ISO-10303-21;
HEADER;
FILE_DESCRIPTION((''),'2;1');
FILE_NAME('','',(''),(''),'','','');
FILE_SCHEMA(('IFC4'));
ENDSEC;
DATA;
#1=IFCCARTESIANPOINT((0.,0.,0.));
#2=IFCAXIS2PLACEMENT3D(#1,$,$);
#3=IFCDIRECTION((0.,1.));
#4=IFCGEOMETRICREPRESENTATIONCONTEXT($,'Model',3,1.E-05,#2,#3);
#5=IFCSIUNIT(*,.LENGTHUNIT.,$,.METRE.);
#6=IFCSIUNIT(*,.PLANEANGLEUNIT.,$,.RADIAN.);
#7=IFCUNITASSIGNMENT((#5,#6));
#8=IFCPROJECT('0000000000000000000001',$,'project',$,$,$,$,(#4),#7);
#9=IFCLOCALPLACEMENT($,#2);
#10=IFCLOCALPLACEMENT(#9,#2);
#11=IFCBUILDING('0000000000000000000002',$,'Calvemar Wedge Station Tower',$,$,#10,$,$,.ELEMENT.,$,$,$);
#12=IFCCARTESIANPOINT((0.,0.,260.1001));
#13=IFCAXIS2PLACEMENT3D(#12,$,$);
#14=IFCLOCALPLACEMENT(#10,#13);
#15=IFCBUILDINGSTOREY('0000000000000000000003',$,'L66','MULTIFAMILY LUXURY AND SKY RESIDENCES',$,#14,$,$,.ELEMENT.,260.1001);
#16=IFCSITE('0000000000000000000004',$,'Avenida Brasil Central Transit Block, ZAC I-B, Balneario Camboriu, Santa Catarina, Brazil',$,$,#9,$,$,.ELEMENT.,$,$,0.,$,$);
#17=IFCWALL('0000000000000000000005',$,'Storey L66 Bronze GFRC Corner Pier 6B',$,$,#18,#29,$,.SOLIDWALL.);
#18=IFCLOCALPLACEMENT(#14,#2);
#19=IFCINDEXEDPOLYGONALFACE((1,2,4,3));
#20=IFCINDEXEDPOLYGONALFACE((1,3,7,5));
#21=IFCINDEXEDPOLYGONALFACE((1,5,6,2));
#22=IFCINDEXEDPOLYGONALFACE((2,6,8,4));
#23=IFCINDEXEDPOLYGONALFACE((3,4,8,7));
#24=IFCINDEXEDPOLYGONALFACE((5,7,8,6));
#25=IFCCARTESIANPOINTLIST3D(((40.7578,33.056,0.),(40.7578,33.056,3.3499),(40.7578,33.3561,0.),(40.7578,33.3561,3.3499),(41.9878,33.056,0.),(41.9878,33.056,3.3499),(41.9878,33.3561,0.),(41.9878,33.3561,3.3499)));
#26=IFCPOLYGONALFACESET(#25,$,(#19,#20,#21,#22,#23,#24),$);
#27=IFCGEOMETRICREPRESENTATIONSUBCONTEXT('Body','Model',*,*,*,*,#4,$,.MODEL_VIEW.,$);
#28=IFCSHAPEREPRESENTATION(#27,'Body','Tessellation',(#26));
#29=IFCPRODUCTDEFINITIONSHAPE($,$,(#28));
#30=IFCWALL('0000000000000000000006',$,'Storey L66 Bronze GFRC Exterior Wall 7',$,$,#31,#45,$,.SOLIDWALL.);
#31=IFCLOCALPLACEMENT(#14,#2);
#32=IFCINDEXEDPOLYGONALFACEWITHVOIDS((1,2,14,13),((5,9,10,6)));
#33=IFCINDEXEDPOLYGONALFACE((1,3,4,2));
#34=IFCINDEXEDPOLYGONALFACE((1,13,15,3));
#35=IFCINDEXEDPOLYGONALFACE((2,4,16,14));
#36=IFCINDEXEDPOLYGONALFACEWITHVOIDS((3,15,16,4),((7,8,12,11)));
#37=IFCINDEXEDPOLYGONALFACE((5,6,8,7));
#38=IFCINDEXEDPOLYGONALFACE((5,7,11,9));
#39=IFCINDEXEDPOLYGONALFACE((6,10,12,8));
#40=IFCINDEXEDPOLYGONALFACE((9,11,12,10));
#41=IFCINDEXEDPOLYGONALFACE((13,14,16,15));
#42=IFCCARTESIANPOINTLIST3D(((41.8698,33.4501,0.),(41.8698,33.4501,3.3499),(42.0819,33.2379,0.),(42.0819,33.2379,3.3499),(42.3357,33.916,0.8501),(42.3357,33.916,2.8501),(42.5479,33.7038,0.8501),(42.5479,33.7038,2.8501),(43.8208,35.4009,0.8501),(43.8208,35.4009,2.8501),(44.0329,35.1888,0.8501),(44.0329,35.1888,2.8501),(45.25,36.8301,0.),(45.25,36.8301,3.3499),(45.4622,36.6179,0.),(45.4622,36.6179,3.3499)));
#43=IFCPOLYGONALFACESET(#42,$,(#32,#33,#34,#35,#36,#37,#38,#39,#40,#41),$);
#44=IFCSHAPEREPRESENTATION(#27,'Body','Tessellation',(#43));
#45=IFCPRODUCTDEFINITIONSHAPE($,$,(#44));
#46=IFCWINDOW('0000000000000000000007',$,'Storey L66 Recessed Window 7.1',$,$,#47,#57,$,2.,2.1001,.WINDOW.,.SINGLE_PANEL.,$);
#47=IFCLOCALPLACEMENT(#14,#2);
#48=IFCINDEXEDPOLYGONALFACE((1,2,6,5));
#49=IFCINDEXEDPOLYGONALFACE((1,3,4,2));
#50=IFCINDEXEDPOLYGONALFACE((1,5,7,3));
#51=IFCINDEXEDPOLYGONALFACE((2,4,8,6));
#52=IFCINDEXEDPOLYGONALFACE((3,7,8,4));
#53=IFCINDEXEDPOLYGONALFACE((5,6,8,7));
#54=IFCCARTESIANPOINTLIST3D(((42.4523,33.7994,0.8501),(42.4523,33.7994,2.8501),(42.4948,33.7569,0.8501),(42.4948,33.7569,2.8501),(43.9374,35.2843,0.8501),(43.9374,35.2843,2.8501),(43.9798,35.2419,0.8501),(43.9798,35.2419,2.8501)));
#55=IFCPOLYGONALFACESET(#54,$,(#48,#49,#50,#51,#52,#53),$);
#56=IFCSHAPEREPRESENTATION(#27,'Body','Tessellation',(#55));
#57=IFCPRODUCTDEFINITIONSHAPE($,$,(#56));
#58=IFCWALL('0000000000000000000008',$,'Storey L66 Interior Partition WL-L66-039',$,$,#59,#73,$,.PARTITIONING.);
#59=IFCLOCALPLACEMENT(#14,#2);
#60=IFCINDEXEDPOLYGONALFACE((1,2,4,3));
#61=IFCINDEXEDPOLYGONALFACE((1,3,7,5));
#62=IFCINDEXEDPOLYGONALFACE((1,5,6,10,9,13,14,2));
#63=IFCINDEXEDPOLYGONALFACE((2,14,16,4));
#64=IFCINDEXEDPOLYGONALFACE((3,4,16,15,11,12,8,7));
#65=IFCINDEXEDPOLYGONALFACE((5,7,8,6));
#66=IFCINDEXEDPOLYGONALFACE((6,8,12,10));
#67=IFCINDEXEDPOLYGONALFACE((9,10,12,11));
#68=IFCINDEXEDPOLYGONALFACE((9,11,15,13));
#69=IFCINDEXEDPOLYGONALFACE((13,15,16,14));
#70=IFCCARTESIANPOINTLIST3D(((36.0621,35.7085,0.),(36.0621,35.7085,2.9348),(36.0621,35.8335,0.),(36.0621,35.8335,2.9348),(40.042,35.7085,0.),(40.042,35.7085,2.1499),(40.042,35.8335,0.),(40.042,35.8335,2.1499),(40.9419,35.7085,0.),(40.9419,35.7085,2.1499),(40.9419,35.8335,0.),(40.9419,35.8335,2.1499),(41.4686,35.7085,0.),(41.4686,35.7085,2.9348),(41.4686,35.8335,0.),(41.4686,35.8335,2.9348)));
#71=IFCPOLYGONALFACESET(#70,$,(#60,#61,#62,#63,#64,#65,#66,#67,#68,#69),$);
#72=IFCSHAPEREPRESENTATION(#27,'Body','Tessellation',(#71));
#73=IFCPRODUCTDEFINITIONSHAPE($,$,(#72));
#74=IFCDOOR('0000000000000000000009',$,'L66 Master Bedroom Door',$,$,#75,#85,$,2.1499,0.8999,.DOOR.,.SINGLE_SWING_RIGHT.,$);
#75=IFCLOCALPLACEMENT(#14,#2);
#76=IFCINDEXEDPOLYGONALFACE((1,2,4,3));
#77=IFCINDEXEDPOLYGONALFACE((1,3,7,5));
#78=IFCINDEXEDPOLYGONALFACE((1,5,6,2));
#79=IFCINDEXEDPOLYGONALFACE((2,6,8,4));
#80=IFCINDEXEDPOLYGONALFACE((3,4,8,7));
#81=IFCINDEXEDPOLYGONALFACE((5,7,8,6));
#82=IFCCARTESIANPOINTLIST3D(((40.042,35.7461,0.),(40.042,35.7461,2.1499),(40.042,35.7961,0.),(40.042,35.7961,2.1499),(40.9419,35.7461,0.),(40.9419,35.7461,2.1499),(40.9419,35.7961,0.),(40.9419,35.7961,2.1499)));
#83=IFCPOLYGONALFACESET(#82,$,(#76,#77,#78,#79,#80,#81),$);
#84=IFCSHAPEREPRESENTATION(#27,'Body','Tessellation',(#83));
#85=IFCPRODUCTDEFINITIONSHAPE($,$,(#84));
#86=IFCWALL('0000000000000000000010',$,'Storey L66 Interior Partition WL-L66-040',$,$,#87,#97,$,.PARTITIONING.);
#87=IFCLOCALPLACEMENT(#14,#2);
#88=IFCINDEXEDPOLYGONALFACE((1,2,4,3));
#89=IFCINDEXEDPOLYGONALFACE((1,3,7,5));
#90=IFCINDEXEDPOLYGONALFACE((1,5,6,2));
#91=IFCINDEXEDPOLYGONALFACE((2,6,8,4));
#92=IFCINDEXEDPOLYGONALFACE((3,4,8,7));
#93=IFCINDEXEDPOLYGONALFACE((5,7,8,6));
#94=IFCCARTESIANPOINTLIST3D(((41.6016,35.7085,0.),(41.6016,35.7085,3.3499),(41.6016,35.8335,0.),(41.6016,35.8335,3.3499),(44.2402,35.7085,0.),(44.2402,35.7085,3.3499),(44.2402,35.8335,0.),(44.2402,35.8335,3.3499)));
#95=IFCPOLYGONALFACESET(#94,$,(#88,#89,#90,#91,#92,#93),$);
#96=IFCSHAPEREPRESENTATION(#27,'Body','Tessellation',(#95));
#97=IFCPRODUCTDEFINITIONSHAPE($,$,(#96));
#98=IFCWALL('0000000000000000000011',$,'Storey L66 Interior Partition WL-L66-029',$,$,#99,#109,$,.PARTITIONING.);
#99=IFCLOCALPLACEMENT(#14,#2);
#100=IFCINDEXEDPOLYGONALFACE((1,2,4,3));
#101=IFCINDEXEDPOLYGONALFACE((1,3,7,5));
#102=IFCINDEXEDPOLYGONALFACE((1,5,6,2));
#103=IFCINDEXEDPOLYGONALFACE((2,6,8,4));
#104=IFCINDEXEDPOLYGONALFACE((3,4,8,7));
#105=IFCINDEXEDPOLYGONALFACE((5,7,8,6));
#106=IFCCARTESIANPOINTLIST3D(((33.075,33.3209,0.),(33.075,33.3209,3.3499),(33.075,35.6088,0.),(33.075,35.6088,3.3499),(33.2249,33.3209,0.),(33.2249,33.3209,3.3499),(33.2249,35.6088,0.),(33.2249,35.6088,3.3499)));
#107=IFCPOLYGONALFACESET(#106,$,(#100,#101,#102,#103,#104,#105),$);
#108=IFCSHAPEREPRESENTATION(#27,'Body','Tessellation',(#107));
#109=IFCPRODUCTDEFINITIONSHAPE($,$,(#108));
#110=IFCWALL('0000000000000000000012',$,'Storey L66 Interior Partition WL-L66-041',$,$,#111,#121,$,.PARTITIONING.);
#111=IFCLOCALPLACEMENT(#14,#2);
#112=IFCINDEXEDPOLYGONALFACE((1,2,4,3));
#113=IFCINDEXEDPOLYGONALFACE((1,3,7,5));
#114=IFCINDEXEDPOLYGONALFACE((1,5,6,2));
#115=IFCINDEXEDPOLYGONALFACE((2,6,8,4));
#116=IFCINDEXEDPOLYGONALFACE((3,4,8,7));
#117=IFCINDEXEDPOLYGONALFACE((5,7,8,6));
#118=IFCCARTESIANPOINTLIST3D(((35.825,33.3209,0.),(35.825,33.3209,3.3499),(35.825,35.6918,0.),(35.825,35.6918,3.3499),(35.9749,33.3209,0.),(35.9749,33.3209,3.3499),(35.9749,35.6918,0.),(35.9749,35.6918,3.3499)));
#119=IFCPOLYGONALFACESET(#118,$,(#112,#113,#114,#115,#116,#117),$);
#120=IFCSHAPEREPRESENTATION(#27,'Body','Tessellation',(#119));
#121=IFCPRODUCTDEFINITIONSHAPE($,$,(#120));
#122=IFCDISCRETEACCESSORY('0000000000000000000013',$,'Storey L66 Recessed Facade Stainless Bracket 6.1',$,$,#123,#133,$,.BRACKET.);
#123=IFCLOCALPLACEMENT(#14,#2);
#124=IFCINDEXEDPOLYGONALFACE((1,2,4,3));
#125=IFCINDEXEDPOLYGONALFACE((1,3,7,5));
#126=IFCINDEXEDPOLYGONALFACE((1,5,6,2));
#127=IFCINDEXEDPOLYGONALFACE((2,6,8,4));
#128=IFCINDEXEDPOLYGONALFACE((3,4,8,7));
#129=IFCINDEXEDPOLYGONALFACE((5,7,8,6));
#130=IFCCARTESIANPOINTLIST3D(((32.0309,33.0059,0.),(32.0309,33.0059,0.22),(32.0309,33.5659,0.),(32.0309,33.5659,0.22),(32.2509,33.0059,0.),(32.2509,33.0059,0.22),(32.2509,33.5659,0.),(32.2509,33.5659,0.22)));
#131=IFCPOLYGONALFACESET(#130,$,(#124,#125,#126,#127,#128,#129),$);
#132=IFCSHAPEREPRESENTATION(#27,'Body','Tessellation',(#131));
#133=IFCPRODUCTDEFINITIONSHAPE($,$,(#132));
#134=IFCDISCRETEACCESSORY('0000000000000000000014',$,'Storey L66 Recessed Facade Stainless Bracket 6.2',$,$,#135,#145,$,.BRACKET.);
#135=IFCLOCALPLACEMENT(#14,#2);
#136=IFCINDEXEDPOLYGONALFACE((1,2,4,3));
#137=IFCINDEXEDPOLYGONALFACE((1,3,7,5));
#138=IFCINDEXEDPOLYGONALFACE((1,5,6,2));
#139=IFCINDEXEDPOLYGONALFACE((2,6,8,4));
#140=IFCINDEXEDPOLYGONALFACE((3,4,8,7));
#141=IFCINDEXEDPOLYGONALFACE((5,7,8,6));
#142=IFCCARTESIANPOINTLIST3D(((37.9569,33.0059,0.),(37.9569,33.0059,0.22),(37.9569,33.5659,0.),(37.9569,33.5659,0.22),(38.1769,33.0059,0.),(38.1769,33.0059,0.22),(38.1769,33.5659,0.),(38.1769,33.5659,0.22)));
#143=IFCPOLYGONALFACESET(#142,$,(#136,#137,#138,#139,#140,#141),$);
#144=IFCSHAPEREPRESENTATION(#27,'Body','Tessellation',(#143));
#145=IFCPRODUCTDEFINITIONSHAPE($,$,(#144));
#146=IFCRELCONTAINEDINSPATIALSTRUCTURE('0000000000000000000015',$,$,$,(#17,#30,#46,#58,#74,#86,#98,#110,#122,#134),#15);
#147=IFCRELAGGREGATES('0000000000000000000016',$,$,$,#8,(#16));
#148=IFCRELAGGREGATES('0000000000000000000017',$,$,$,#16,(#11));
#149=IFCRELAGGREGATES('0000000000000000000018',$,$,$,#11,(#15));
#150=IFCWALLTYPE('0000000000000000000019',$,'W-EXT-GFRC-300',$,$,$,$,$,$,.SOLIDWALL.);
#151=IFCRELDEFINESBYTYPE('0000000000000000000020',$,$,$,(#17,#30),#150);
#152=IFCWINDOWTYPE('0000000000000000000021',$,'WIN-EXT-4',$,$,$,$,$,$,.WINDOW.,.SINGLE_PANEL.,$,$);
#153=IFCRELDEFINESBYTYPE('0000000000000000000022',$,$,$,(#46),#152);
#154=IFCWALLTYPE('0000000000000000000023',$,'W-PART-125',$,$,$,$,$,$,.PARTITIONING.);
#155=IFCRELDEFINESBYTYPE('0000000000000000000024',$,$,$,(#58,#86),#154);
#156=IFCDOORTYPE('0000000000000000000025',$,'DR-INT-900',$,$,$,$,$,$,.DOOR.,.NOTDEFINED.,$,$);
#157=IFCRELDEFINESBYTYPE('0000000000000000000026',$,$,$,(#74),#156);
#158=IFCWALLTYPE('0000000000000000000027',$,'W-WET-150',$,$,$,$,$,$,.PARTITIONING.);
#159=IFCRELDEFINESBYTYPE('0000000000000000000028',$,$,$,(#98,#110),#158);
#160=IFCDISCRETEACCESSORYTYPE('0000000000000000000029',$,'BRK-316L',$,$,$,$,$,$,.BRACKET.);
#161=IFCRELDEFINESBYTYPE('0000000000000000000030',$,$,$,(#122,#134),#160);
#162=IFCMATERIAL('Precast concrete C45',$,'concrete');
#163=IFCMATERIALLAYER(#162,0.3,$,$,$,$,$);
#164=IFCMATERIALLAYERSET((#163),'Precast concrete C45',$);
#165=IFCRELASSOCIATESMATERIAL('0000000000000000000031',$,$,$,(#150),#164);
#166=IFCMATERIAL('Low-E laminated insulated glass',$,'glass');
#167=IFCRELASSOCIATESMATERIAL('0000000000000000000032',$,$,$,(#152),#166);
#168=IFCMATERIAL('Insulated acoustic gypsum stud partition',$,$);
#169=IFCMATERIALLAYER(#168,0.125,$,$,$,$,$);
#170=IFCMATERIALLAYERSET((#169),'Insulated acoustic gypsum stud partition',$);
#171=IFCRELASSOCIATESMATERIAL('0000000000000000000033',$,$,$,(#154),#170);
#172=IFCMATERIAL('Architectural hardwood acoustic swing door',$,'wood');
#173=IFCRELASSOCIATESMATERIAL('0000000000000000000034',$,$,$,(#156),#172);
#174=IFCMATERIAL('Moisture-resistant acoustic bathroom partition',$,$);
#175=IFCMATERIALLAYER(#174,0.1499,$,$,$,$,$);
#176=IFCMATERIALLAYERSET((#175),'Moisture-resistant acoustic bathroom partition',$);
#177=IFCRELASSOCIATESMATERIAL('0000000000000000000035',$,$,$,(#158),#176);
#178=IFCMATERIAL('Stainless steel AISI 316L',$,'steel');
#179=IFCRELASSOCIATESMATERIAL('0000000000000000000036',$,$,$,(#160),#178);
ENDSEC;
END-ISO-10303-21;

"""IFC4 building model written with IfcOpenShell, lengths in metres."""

from ifc_helpers import new_model, si_unit, direction, frame, frame_2d, origin, origin_2d, place, context, subcontext, project, spatial, rectangle, extrude, source, transform, mapped, material, layer, layer_set, type_object, element, fill, save


model = new_model("IFC4")

# Units and contexts
model_context = context("Model", 3, precision=1e-05, world=origin(), true_north=direction((0.0, 1.0)))
body_context = subcontext(model_context, "Body", "Model", "MODEL_VIEW")
ifc_project = project(units=[si_unit("LENGTHUNIT", "METRE"), si_unit("PLANEANGLEUNIT", "RADIAN")], contexts=[model_context])

# Site, building, storey
site_placement = place(None, origin())
site = spatial("IfcSite", under=ifc_project, at=site_placement, Name="Avenida Brasil Central Transit Block, ZAC I-B, Balneario Camboriu, Santa Catarina, Brazil", CompositionType="ELEMENT", RefElevation=0.0)
building_placement = place(site_placement, origin())
building = spatial("IfcBuilding", under=site, at=building_placement, Name="Calvemar Wedge Station Tower", CompositionType="ELEMENT")
storey_placement = place(building_placement, frame((0.0, 0.0, 260.1001)))
storey = spatial("IfcBuildingStorey", under=building, at=storey_placement, Name="L66", Description="MULTIFAMILY LUXURY AND SKY RESIDENCES", CompositionType="ELEMENT", Elevation=260.1001)

# Shared definitions
ifc_material_1 = material(Name="Low-E laminated insulated glass", Category="glass")

# Wall
ifc_material_2 = material(Name="Precast concrete C45", Category="concrete")
ifc_layer_1 = layer(ifc_material_2, 0.3)
ifc_layer_set_1 = layer_set([ifc_layer_1], Name="Precast concrete C45")
wall_type_1 = type_object("IfcWallType", Name="W-EXT-GFRC-300", PredefinedType="SOLIDWALL", material=ifc_layer_set_1)
wall_1_placement = place(storey_placement, frame((40.7578, 33.2061, 0.0), z_axis=(0.0, 0.0, 1.0), x_axis=(1.0, 0.0, 0.0)))
element("IfcWall", 1, at=wall_1_placement, inside=storey, type_object=wall_type_1, Name="Storey L66 Bronze GFRC Corner Pier 6B", PredefinedType="SOLIDWALL", context=body_context, shape_type="SweptSolid", body=[
    extrude(rectangle(XDim=1.23, YDim=0.3, at=frame_2d((0.615, 0.0))), origin(), (0.0, 0.0, 1.0), 3.3499),
])

# Wall, opening, window
wall_2_placement = place(storey_placement, frame((41.9758, 33.344, 0.0), z_axis=(0.0, 0.0, 1.0), x_axis=(0.707132, 0.707081, 0.0)))
wall_2 = element("IfcWall", 2, at=wall_2_placement, inside=storey, type_object=wall_type_1, Name="Storey L66 Bronze GFRC Exterior Wall 7", PredefinedType="SOLIDWALL", context=body_context, shape_type="SweptSolid", body=[
    extrude(rectangle(XDim=4.7803, YDim=0.3, at=frame_2d((2.3901, 0.0))), origin(), (0.0, 0.0, 1.0), 3.3499),
])
shared_shape_1 = source(origin(), body_context, "Body", "SweptSolid", [
    extrude(rectangle(XDim=2.1001, YDim=2.0, at=frame_2d((1.05, 1.0))), frame((0.0, 0.1602, 0.0), z_axis=(0.0, -1.0, 0.0), x_axis=(1.0, 0.0, 0.0)), (0.0, 0.0, 1.0), 0.3201),
])
opening_1_placement = place(wall_2_placement, frame((0.6589, 0.0, 0.8501)))
opening_1 = element("IfcOpeningElement", 3, at=opening_1_placement, cuts=wall_2, PredefinedType="OPENING", context=body_context, shape_type="MappedRepresentation", body=[
    mapped(shared_shape_1, transform((0.0, 0.0, 0.0), scale=1.0)),
])
window_type_1 = type_object("IfcWindowType", Name="WIN-EXT-4", PartitioningType="SINGLE_PANEL", PredefinedType="WINDOW", material=ifc_material_1)
shared_shape_2 = source(origin(), body_context, "Body", "SweptSolid", [
    extrude(rectangle(XDim=2.1001, YDim=2.0, at=frame_2d((1.05, 1.0))), frame((0.0, -0.0149, 0.0), z_axis=(0.0, -1.0, 0.0), x_axis=(1.0, 0.0, 0.0)), (0.0, 0.0, 1.0), 0.0601),
])
window_1_placement = place(opening_1_placement, origin())
window_1 = element("IfcWindow", 4, at=window_1_placement, inside=storey, type_object=window_type_1, Name="Storey L66 Recessed Window 7.1", OverallHeight=2.0, OverallWidth=2.1001, PartitioningType="SINGLE_PANEL", PredefinedType="WINDOW", context=body_context, shape_type="MappedRepresentation", body=[
    mapped(shared_shape_2, transform((0.0, 0.0, 0.0), scale=1.0)),
])
fill(opening_1, window_1)

# Wall, opening, door
ifc_material_3 = material(Name="Insulated acoustic gypsum stud partition")
ifc_layer_2 = layer(ifc_material_3, 0.125)
ifc_layer_set_2 = layer_set([ifc_layer_2], Name="Insulated acoustic gypsum stud partition")
wall_type_2 = type_object("IfcWallType", Name="W-PART-125", PredefinedType="PARTITIONING", material=ifc_layer_set_2)
wall_3_placement = place(storey_placement, frame((41.4685, 35.771, 0.0), z_axis=(0.0, 0.0, 1.0), x_axis=(-1.0, 0.0, 0.0)))
wall_3 = element("IfcWall", 5, at=wall_3_placement, inside=storey, type_object=wall_type_2, Name="Storey L66 Interior Partition WL-L66-039", PredefinedType="PARTITIONING", context=body_context, shape_type="SweptSolid", body=[
    extrude(rectangle(XDim=5.4065, YDim=0.125, at=frame_2d((2.7031, 0.0))), origin(), (0.0, 0.0, 1.0), 2.9348),
])
shared_shape_3 = source(origin(), body_context, "Body", "SweptSolid", [
    extrude(rectangle(XDim=0.8999, YDim=2.1499, at=frame_2d((0.45, 1.075))), frame((0.0, 0.0725, 0.0), z_axis=(0.0, -1.0, 0.0), x_axis=(1.0, 0.0, 0.0)), (0.0, 0.0, 1.0), 0.145),
])
opening_2_placement = place(wall_3_placement, frame((0.5266, 0.0, 0.0)))
opening_2 = element("IfcOpeningElement", 6, at=opening_2_placement, cuts=wall_3, PredefinedType="OPENING", context=body_context, shape_type="MappedRepresentation", body=[
    mapped(shared_shape_3, transform((0.0, 0.0, 0.0), scale=1.0)),
])
ifc_material_4 = material(Name="Architectural hardwood acoustic swing door", Category="wood")
door_type_1 = type_object("IfcDoorType", Name="DR-INT-900", OperationType="NOTDEFINED", PredefinedType="DOOR", material=ifc_material_4)
shared_shape_4 = source(origin(), body_context, "Body", "SweptSolid", [
    extrude(rectangle(XDim=0.8999, YDim=2.1499, at=frame_2d((0.45, 1.075))), frame((0.0, 0.0249, 0.0), z_axis=(0.0, -1.0, 0.0), x_axis=(1.0, 0.0, 0.0)), (0.0, 0.0, 1.0), 0.05),
])
door_1_placement = place(opening_2_placement, origin())
door_1 = element("IfcDoor", 7, at=door_1_placement, inside=storey, type_object=door_type_1, Name="L66 Master Bedroom Door", OperationType="SINGLE_SWING_RIGHT", OverallHeight=2.1499, OverallWidth=0.8999, PredefinedType="DOOR", context=body_context, shape_type="MappedRepresentation", body=[
    mapped(shared_shape_4, transform((0.0, 0.0, 0.0), scale=1.0)),
])
fill(opening_2, door_1)

# Walls
wall_4_placement = place(storey_placement, frame((44.2402, 35.771, 0.0), z_axis=(0.0, 0.0, 1.0), x_axis=(-1.0, 0.0, 0.0)))
element("IfcWall", 8, at=wall_4_placement, inside=storey, type_object=wall_type_2, Name="Storey L66 Interior Partition WL-L66-040", PredefinedType="PARTITIONING", context=body_context, shape_type="SweptSolid", body=[
    extrude(rectangle(XDim=2.6387, YDim=0.125, at=frame_2d((1.3193, 0.0))), origin(), (0.0, 0.0, 1.0), 3.3499),
])
ifc_material_5 = material(Name="Moisture-resistant acoustic bathroom partition")
ifc_layer_3 = layer(ifc_material_5, 0.1499)
ifc_layer_set_3 = layer_set([ifc_layer_3], Name="Moisture-resistant acoustic bathroom partition")
wall_type_3 = type_object("IfcWallType", Name="W-WET-150", PredefinedType="PARTITIONING", material=ifc_layer_set_3)
wall_5_placement = place(storey_placement, frame((33.1499, 35.6089, 0.0), z_axis=(0.0, 0.0, 1.0), x_axis=(0.0, -1.0, 0.0)))
element("IfcWall", 9, at=wall_5_placement, inside=storey, type_object=wall_type_3, Name="Storey L66 Interior Partition WL-L66-029", PredefinedType="PARTITIONING", context=body_context, shape_type="SweptSolid", body=[
    extrude(rectangle(XDim=2.2878, YDim=0.1499, at=frame_2d((1.144, 0.0))), origin(), (0.0, 0.0, 1.0), 3.3499),
])

# Wall
wall_6_placement = place(storey_placement, frame((35.8999, 35.6919, 0.0), z_axis=(0.0, 0.0, 1.0), x_axis=(0.0, -1.0, 0.0)))
element("IfcWall", 10, at=wall_6_placement, inside=storey, type_object=wall_type_3, Name="Storey L66 Interior Partition WL-L66-041", PredefinedType="PARTITIONING", context=body_context, shape_type="SweptSolid", body=[
    extrude(rectangle(XDim=2.3708, YDim=0.1499, at=frame_2d((1.1855, 0.0))), origin(), (0.0, 0.0, 1.0), 3.3499),
])

# Discrete accessories
ifc_material_6 = material(Name="Stainless steel AISI 316L", Category="steel")
discrete_accessory_type = type_object("IfcDiscreteAccessoryType", Name="BRK-316L", PredefinedType="BRACKET", material=ifc_material_6)
shared_shape_5 = source(origin(), body_context, "Body", "SweptSolid", [
    extrude(rectangle(XDim=0.22, YDim=0.5601, at=origin_2d()), origin(), (0.0, 0.0, 1.0), 0.22),
])
for number, where, z_axis, x_axis, name in (
    (11, (32.1409, 33.2859, 0.0), (0.0, 0.0, 1.0), (1.0, 0.0, 0.0), "Storey L66 Recessed Facade Stainless Bracket 6.1"),
    (12, (38.0669, 33.2859, 0.0), (0.0, 0.0, 1.0), (1.0, 0.0, 0.0), "Storey L66 Recessed Facade Stainless Bracket 6.2"),
):
    element("IfcDiscreteAccessory", number, at=place(storey_placement, frame(where, z_axis=z_axis, x_axis=x_axis)), inside=storey, type_object=discrete_accessory_type, Name=name, PredefinedType="BRACKET", context=body_context, shape_type="MappedRepresentation", body=[
        mapped(shared_shape_5, transform((0.0, 0.0, 0.0), scale=1.0)),
    ])

save(model, "model.ifc")
